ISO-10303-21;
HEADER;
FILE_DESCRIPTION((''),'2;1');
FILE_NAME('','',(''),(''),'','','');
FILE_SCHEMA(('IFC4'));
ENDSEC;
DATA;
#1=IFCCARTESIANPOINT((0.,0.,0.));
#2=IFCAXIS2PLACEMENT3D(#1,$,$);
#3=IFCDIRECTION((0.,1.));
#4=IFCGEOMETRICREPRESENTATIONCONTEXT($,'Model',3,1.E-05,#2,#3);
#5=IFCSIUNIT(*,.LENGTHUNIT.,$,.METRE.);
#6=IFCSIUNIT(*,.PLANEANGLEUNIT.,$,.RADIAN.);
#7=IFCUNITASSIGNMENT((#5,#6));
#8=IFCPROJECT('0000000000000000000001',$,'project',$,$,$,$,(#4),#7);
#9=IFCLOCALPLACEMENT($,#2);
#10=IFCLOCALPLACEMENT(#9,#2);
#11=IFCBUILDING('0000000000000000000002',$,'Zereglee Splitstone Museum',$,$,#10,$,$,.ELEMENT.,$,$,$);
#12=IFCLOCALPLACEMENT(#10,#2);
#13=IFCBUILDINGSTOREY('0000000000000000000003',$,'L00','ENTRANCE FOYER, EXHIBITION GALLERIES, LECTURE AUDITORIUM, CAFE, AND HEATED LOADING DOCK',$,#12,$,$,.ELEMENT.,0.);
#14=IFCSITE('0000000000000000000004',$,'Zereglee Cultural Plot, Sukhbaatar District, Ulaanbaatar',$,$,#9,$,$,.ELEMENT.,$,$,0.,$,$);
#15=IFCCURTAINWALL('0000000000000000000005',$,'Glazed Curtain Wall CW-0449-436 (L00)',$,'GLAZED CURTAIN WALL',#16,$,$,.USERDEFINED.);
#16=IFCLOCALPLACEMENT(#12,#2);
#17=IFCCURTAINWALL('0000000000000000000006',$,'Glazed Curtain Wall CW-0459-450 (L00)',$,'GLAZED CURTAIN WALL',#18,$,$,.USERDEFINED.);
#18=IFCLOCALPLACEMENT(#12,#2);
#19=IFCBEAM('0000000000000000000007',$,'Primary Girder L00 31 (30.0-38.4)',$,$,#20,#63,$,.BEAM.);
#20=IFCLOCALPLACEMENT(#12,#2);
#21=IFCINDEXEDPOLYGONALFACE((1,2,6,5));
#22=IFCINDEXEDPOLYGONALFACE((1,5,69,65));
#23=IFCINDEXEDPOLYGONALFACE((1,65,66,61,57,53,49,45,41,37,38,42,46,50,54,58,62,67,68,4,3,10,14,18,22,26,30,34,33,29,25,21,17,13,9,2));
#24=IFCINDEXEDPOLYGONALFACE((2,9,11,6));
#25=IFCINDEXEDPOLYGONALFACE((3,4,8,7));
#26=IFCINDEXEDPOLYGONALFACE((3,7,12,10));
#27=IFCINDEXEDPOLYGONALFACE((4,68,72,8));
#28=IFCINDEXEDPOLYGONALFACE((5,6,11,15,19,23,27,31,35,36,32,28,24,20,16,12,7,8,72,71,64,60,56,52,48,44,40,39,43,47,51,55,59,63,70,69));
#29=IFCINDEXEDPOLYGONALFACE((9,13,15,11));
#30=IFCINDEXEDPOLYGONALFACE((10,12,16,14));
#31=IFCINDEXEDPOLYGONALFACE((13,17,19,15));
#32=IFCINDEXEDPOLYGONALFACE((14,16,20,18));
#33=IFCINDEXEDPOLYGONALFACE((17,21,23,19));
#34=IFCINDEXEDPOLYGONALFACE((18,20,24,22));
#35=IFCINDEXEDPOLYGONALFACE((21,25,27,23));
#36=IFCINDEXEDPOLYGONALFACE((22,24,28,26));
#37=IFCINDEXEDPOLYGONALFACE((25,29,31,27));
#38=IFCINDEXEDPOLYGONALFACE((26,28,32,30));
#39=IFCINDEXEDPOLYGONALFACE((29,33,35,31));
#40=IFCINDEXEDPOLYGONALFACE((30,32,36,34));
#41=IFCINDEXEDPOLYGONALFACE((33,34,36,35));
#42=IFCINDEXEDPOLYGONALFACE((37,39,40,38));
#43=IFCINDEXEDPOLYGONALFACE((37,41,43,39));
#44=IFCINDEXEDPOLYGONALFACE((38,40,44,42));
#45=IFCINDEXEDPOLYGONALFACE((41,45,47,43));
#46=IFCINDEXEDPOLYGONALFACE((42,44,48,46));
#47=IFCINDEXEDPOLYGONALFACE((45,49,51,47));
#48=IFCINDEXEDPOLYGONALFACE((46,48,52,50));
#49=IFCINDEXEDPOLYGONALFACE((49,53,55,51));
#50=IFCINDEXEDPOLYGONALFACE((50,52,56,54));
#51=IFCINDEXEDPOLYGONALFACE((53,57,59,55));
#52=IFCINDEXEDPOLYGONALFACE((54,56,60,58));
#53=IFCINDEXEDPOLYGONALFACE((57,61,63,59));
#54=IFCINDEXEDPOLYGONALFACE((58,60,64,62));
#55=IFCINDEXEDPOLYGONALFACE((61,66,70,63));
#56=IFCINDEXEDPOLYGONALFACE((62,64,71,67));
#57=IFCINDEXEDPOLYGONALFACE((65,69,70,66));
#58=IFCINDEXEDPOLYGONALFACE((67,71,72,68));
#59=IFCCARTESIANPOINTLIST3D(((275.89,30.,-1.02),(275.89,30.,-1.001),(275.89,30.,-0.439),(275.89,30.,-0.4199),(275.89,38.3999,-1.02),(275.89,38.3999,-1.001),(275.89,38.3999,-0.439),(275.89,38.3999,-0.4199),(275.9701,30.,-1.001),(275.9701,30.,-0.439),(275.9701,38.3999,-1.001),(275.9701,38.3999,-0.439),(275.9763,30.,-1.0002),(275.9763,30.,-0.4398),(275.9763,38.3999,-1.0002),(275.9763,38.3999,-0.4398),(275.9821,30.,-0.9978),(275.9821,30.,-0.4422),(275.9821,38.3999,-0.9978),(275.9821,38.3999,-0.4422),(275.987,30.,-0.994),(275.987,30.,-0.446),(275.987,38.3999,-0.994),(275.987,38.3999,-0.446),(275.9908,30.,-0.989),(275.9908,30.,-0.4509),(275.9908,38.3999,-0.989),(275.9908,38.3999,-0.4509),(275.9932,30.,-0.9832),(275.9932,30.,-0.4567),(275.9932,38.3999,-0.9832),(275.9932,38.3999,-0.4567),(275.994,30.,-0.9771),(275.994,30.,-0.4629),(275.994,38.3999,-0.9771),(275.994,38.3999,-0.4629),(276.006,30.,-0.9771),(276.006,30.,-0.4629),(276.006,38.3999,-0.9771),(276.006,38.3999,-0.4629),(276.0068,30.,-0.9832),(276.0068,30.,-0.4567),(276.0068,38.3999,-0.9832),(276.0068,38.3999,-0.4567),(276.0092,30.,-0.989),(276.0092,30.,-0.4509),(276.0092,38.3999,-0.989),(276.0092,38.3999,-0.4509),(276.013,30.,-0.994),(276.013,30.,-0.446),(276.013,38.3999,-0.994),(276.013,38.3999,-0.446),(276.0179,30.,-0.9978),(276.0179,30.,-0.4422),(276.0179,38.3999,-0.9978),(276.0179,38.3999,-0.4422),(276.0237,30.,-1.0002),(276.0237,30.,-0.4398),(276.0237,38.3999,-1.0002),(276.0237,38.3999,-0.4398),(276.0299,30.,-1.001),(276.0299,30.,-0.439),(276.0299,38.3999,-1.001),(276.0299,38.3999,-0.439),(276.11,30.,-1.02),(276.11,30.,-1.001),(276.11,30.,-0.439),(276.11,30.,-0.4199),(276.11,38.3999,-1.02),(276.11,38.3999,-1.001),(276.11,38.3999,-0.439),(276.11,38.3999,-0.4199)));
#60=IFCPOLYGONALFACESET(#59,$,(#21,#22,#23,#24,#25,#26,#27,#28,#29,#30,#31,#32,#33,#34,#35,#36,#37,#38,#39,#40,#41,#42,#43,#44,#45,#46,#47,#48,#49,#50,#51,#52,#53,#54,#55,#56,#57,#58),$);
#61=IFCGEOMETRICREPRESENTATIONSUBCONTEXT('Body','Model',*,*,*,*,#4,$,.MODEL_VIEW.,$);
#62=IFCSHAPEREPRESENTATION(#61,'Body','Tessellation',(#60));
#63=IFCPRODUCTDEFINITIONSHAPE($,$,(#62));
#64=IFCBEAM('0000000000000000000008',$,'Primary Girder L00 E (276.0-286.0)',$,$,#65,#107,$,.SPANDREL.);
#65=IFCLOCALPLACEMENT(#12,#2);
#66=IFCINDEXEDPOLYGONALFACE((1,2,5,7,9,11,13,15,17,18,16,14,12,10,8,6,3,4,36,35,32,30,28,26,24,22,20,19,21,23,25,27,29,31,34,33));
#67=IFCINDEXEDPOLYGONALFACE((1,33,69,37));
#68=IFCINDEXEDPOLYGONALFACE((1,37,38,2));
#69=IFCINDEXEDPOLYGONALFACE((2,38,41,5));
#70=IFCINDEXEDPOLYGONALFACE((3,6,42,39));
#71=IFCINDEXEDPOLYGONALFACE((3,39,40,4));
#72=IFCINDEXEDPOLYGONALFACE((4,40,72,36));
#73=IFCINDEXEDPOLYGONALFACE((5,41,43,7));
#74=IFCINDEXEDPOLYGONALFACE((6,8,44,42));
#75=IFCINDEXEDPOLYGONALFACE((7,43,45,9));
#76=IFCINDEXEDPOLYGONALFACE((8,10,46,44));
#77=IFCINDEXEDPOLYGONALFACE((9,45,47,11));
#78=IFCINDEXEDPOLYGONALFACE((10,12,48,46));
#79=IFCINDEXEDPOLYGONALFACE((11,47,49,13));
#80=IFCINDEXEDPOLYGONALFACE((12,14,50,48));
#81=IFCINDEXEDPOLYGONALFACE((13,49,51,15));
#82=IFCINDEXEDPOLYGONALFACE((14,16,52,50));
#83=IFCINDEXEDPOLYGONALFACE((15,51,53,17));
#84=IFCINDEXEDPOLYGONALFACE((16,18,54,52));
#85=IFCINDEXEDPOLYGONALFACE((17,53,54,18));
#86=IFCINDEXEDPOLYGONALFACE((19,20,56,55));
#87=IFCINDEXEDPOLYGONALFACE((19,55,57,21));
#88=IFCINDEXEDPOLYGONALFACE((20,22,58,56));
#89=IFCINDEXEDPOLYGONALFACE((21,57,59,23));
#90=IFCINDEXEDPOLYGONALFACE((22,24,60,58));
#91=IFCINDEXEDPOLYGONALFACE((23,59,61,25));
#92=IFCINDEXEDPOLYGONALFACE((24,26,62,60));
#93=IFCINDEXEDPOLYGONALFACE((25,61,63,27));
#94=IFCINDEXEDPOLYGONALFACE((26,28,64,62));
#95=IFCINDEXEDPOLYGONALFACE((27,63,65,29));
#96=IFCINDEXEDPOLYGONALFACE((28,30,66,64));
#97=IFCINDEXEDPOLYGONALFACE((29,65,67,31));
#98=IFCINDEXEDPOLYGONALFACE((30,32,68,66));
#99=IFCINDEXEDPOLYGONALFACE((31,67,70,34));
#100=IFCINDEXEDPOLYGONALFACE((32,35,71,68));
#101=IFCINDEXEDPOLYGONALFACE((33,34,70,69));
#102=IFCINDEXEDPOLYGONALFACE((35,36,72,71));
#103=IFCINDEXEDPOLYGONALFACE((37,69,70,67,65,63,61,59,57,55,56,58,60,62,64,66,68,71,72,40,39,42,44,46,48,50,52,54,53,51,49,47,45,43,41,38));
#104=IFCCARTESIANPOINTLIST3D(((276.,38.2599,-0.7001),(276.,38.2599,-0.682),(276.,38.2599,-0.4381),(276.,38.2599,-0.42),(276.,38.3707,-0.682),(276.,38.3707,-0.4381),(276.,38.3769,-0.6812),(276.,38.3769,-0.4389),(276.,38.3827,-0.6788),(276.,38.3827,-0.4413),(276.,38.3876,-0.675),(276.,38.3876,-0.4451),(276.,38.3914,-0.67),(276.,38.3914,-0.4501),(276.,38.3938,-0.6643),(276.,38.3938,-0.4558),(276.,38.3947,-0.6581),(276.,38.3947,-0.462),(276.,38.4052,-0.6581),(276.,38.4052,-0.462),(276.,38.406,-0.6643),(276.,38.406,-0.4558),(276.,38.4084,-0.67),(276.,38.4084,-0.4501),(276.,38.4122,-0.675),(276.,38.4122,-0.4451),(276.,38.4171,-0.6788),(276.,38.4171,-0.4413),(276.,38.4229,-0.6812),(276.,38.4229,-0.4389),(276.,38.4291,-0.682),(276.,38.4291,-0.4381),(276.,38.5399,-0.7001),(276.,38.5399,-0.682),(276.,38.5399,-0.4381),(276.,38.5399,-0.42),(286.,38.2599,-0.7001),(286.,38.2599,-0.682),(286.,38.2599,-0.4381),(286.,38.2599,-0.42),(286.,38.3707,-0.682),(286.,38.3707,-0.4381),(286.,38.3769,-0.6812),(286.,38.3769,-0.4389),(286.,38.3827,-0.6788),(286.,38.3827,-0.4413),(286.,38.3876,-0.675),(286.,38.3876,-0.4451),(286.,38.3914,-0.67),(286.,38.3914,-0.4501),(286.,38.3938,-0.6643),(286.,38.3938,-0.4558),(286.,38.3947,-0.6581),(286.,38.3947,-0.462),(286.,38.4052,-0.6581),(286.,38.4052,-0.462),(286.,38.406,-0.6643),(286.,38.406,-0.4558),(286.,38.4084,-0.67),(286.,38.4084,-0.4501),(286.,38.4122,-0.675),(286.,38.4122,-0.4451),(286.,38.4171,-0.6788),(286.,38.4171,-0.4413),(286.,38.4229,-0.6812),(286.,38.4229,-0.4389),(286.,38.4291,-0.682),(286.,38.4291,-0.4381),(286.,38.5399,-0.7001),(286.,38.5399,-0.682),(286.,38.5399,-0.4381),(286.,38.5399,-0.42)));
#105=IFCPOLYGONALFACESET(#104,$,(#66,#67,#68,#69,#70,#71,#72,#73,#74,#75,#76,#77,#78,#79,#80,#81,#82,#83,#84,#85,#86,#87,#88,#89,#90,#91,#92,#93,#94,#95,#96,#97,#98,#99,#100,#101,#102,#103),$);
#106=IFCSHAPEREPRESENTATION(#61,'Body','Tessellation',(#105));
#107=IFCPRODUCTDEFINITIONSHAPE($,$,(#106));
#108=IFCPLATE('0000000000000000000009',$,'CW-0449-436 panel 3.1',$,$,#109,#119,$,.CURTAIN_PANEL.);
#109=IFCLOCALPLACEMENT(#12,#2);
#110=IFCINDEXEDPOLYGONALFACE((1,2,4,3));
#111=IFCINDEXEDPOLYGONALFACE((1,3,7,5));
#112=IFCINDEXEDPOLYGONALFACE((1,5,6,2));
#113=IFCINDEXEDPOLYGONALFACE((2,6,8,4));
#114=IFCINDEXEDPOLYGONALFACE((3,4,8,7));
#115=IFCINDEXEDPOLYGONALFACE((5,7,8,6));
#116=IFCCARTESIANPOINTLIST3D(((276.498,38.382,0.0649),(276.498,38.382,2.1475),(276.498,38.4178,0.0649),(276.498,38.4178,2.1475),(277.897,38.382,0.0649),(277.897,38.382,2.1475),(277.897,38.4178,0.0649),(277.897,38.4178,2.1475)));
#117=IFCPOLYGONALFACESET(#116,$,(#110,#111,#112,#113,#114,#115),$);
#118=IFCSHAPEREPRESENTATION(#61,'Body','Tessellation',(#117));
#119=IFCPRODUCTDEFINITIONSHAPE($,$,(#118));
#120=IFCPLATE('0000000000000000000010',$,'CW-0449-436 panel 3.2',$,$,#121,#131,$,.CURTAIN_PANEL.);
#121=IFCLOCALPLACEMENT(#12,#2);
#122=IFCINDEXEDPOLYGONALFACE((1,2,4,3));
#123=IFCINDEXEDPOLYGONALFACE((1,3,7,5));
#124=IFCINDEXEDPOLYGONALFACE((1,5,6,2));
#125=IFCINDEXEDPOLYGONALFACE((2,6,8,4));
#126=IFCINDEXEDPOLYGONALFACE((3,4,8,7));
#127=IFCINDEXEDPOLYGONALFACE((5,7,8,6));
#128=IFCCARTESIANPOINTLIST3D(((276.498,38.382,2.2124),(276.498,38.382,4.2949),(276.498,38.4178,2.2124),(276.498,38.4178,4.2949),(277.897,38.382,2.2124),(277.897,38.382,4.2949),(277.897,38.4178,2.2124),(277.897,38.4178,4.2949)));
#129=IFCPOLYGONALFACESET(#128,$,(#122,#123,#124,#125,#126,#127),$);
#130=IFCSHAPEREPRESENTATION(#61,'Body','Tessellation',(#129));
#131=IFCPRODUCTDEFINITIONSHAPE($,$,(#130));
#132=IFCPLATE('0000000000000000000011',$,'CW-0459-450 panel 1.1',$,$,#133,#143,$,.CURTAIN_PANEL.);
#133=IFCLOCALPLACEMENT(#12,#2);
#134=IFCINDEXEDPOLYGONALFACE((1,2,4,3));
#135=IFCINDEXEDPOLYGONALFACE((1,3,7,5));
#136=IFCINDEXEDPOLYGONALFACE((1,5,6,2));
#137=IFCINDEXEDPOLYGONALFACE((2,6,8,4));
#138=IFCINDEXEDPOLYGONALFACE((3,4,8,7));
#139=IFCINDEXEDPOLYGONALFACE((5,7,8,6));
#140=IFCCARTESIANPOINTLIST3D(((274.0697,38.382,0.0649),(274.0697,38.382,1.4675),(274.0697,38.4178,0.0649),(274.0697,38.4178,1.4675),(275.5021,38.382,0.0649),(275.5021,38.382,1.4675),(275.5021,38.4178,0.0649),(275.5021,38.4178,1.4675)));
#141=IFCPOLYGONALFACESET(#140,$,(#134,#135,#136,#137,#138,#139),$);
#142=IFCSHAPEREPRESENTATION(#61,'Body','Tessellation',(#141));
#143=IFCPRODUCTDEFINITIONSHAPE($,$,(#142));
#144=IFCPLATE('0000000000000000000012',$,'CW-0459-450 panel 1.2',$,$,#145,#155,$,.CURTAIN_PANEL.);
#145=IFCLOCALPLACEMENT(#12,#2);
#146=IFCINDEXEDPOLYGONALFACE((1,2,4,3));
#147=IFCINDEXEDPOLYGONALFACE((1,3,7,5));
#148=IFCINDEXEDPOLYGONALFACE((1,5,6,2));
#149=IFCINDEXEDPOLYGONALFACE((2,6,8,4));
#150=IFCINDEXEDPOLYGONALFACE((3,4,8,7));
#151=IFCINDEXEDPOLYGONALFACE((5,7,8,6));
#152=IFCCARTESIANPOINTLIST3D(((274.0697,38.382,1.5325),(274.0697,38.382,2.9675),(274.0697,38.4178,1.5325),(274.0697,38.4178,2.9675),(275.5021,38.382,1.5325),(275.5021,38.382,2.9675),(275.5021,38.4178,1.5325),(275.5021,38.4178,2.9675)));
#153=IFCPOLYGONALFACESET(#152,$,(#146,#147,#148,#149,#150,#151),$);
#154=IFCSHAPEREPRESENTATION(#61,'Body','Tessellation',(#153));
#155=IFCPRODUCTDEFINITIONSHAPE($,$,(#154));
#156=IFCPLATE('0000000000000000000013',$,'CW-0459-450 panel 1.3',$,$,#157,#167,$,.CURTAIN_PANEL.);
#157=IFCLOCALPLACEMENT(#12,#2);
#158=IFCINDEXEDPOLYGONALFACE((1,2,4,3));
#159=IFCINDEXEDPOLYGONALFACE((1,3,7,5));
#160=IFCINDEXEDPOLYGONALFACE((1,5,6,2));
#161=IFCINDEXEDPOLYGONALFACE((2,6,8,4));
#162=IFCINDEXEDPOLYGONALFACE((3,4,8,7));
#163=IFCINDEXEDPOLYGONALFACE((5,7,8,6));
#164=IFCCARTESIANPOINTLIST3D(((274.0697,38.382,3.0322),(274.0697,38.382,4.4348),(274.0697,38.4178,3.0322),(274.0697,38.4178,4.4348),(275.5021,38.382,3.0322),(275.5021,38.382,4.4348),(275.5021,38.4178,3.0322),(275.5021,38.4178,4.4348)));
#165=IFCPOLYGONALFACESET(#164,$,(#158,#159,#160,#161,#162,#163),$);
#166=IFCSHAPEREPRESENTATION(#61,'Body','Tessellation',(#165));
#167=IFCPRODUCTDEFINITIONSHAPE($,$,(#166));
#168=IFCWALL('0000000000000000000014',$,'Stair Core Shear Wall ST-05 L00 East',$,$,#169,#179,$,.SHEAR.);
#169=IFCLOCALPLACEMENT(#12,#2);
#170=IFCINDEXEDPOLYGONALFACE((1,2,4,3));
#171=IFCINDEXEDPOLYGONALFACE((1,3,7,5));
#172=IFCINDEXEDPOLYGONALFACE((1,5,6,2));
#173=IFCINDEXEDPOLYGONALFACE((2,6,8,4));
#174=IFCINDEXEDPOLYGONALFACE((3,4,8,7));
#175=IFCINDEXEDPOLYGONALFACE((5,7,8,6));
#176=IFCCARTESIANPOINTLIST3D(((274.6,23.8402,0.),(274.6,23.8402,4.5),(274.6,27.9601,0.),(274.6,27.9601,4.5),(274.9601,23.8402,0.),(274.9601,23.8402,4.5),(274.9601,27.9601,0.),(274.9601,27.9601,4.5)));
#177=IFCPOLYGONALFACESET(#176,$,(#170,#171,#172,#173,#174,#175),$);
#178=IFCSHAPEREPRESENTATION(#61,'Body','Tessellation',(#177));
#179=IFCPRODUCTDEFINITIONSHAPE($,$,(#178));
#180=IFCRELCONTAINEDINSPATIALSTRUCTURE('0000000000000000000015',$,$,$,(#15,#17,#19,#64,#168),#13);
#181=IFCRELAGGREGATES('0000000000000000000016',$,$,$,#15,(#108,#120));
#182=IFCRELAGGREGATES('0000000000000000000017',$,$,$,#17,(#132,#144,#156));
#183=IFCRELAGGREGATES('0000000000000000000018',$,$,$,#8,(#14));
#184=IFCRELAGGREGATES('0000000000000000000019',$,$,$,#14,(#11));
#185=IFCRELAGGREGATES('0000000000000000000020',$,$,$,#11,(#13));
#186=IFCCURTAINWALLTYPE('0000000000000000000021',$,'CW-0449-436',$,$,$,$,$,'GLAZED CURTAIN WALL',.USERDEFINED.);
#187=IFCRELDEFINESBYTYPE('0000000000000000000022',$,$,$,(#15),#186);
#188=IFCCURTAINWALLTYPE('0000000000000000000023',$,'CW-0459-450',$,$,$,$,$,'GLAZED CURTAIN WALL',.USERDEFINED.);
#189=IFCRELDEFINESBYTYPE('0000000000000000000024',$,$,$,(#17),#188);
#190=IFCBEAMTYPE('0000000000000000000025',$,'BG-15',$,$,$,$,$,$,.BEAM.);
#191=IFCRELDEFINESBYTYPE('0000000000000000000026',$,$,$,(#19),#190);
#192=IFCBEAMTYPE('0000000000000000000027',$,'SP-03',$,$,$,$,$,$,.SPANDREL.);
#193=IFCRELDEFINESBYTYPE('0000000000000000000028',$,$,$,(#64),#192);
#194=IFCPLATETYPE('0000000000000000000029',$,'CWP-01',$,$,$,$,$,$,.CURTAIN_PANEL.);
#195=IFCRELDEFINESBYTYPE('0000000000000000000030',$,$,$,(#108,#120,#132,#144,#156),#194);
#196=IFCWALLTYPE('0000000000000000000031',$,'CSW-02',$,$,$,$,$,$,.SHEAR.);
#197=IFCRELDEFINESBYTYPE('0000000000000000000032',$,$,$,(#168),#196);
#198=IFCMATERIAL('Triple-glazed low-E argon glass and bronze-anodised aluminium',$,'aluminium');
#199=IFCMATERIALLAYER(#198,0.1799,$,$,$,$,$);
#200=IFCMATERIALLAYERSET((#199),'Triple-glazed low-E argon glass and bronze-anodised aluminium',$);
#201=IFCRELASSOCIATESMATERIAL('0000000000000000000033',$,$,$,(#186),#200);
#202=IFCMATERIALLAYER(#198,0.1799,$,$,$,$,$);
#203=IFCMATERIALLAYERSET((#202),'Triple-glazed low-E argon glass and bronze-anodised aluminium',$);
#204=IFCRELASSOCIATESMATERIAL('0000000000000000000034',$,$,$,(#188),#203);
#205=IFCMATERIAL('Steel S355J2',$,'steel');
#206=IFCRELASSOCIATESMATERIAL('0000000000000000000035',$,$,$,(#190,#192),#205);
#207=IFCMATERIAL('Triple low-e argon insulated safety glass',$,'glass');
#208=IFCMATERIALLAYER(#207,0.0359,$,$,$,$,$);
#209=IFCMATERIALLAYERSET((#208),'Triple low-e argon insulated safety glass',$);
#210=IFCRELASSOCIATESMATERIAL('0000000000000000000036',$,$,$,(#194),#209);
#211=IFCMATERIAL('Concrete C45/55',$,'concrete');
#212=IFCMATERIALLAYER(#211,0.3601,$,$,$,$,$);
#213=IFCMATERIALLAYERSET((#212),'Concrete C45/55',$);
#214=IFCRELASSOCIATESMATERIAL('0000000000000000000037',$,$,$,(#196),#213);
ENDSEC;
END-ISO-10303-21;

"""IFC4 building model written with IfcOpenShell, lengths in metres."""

from ifc_helpers import new_model, si_unit, direction, frame, frame_2d, origin, origin_2d, place, context, subcontext, project, spatial, rectangle, i_section, extrude, material, layer, layer_set, material_profile, profile_set, type_object, element, aggregate, save


model = new_model("IFC4")

# Units and contexts
model_context = context("Model", 3, precision=1e-05, world=origin(), true_north=direction((0.0, 1.0)))
body_context = subcontext(model_context, "Body", "Model", "MODEL_VIEW")
ifc_project = project(units=[si_unit("LENGTHUNIT", "METRE"), si_unit("PLANEANGLEUNIT", "RADIAN")], contexts=[model_context])

# Site, building, storey
site_placement = place(None, origin())
site = spatial("IfcSite", under=ifc_project, at=site_placement, Name="Zereglee Cultural Plot, Sukhbaatar District, Ulaanbaatar", CompositionType="ELEMENT", RefElevation=0.0)
building_placement = place(site_placement, origin())
building = spatial("IfcBuilding", under=site, at=building_placement, Name="Zereglee Splitstone Museum", CompositionType="ELEMENT")
storey_placement = place(building_placement, origin())
storey = spatial("IfcBuildingStorey", under=building, at=storey_placement, Name="L00", Description="ENTRANCE FOYER, EXHIBITION GALLERIES, LECTURE AUDITORIUM, CAFE, AND HEATED LOADING DOCK", CompositionType="ELEMENT", Elevation=0.0)

# Shared definitions
ifc_material_1 = material(Name="Concrete C45/55", Category="concrete")

# Curtain walls
ifc_material_2 = material(Name="Triple-glazed low-E argon glass and bronze-anodised aluminium", Category="aluminium")
ifc_layer_1 = layer(ifc_material_2, 0.1799)
ifc_layer_set_1 = layer_set([ifc_layer_1], Name="Triple-glazed low-E argon glass and bronze-anodised aluminium")
curtain_wall_type_1 = type_object("IfcCurtainWallType", Name="CW-0449-436", ElementType="GLAZED CURTAIN WALL", PredefinedType="USERDEFINED", material=ifc_layer_set_1)
curtain_wall_1_placement = place(storey_placement, origin())
curtain_wall_1 = element("IfcCurtainWall", 1, at=curtain_wall_1_placement, inside=storey, type_object=curtain_wall_type_1, Name="Glazed Curtain Wall CW-0449-436 (L00)", ObjectType="GLAZED CURTAIN WALL", PredefinedType="USERDEFINED")
ifc_layer_2 = layer(ifc_material_2, 0.1799)
ifc_layer_set_2 = layer_set([ifc_layer_2], Name="Triple-glazed low-E argon glass and bronze-anodised aluminium")
curtain_wall_type_2 = type_object("IfcCurtainWallType", Name="CW-0459-450", ElementType="GLAZED CURTAIN WALL", PredefinedType="USERDEFINED", material=ifc_layer_set_2)
curtain_wall_2_placement = place(storey_placement, origin())
curtain_wall_2 = element("IfcCurtainWall", 2, at=curtain_wall_2_placement, inside=storey, type_object=curtain_wall_type_2, Name="Glazed Curtain Wall CW-0459-450 (L00)", ObjectType="GLAZED CURTAIN WALL", PredefinedType="USERDEFINED")

# Beams
ifc_material_3 = material(Name="Steel S355J2", Category="steel")
ifc_material_profile_1 = material_profile(ifc_material_3, i_section(OverallWidth=0.22, OverallDepth=0.6001, WebThickness=0.012, FlangeThickness=0.019, FilletRadius=0.0239, at=origin_2d()), Name="IPE 600")
ifc_profile_set_1 = profile_set([ifc_material_profile_1], Name="Steel S355J2")
beam_type_1 = type_object("IfcBeamType", Name="BG-15", PredefinedType="BEAM", material=ifc_profile_set_1)
beam_1_placement = place(storey_placement, frame((276.0, 30.0, -0.72), z_axis=(0.0, 1.0, 0.0), x_axis=(-1.0, 0.0, 0.0)))
element("IfcBeam", 3, at=beam_1_placement, inside=storey, type_object=beam_type_1, Name="Primary Girder L00 31 (30.0-38.4)", PredefinedType="BEAM", context=body_context, shape_type="SweptSolid", body=[
    extrude(i_section(OverallWidth=0.22, OverallDepth=0.6001, WebThickness=0.012, FlangeThickness=0.019, FilletRadius=0.0239, at=origin_2d()), origin(), (0.0, 0.0, 1.0), 8.3999),
])
ifc_material_profile_2 = material_profile(ifc_material_3, i_section(OverallWidth=0.28, OverallDepth=0.28, WebThickness=0.0105, FlangeThickness=0.0181, FilletRadius=0.0239, at=origin_2d()), Name="HE 280 B")
ifc_profile_set_2 = profile_set([ifc_material_profile_2], Name="Steel S355J2")
beam_type_2 = type_object("IfcBeamType", Name="SP-03", PredefinedType="SPANDREL", material=ifc_profile_set_2)
beam_2_placement = place(storey_placement, frame((276.0, 38.3999, -0.5601), z_axis=(1.0, 0.0, 0.0), x_axis=(0.0, 1.0, 0.0)))
element("IfcBeam", 4, at=beam_2_placement, inside=storey, type_object=beam_type_2, Name="Primary Girder L00 E (276.0-286.0)", PredefinedType="SPANDREL", context=body_context, shape_type="SweptSolid", body=[
    extrude(i_section(OverallWidth=0.28, OverallDepth=0.28, WebThickness=0.0105, FlangeThickness=0.0181, FilletRadius=0.0239, at=origin_2d()), origin(), (0.0, 0.0, 1.0), 10.0),
])

# Plates
ifc_material_4 = material(Name="Triple low-e argon insulated safety glass", Category="glass")
ifc_layer_3 = layer(ifc_material_4, 0.0359)
ifc_layer_set_3 = layer_set([ifc_layer_3], Name="Triple low-e argon insulated safety glass")
plate_type = type_object("IfcPlateType", Name="CWP-01", PredefinedType="CURTAIN_PANEL", material=ifc_layer_set_3)
plate_1_placement = place(storey_placement, frame((277.1975, 38.3999, 0.0649), z_axis=(0.0, 0.0, 1.0), x_axis=(-1.0, 0.0, 0.0)))
plate_1 = element("IfcPlate", 5, at=plate_1_placement, type_object=plate_type, Name="CW-0449-436 panel 3.1", PredefinedType="CURTAIN_PANEL", context=body_context, shape_type="SweptSolid", body=[
    extrude(rectangle(XDim=1.3989, YDim=0.0359, at=origin_2d()), origin(), (0.0, 0.0, 1.0), 2.0825),
])
plate_2_placement = place(storey_placement, frame((277.1975, 38.3999, 2.2124), z_axis=(0.0, 0.0, 1.0), x_axis=(-1.0, 0.0, 0.0)))
plate_2 = element("IfcPlate", 6, at=plate_2_placement, type_object=plate_type, Name="CW-0449-436 panel 3.2", PredefinedType="CURTAIN_PANEL", context=body_context, shape_type="SweptSolid", body=[
    extrude(rectangle(XDim=1.3989, YDim=0.0359, at=origin_2d()), origin(), (0.0, 0.0, 1.0), 2.0825),
])
aggregate(curtain_wall_1, [plate_1, plate_2])
plate_3_placement = place(storey_placement, frame((274.7859, 38.3999, 0.0649), z_axis=(0.0, 0.0, 1.0), x_axis=(-1.0, 0.0, 0.0)))
plate_3 = element("IfcPlate", 7, at=plate_3_placement, type_object=plate_type, Name="CW-0459-450 panel 1.1", PredefinedType="CURTAIN_PANEL", context=body_context, shape_type="SweptSolid", body=[
    extrude(rectangle(XDim=1.4324, YDim=0.0359, at=origin_2d()), origin(), (0.0, 0.0, 1.0), 1.4026),
])
plate_4_placement = place(storey_placement, frame((274.7859, 38.3999, 1.5325), z_axis=(0.0, 0.0, 1.0), x_axis=(-1.0, 0.0, 0.0)))
plate_4 = element("IfcPlate", 8, at=plate_4_placement, type_object=plate_type, Name="CW-0459-450 panel 1.2", PredefinedType="CURTAIN_PANEL", context=body_context, shape_type="SweptSolid", body=[
    extrude(rectangle(XDim=1.4324, YDim=0.0359, at=origin_2d()), origin(), (0.0, 0.0, 1.0), 1.4351),
])
plate_5_placement = place(storey_placement, frame((274.7859, 38.3999, 3.0322), z_axis=(0.0, 0.0, 1.0), x_axis=(-1.0, 0.0, 0.0)))
plate_5 = element("IfcPlate", 9, at=plate_5_placement, type_object=plate_type, Name="CW-0459-450 panel 1.3", PredefinedType="CURTAIN_PANEL", context=body_context, shape_type="SweptSolid", body=[
    extrude(rectangle(XDim=1.4324, YDim=0.0359, at=origin_2d()), origin(), (0.0, 0.0, 1.0), 1.4026),
])
aggregate(curtain_wall_2, [plate_3, plate_4, plate_5])

# Wall
ifc_layer_4 = layer(ifc_material_1, 0.3601)
ifc_layer_set_4 = layer_set([ifc_layer_4], Name="Concrete C45/55")
wall_type = type_object("IfcWallType", Name="CSW-02", PredefinedType="SHEAR", material=ifc_layer_set_4)
wall_placement = place(storey_placement, frame((274.78, 23.8401, 0.0), z_axis=(0.0, 0.0, 1.0), x_axis=(0.0, 1.0, 0.0)))
element("IfcWall", 10, at=wall_placement, inside=storey, type_object=wall_type, Name="Stair Core Shear Wall ST-05 L00 East", PredefinedType="SHEAR", context=body_context, shape_type="SweptSolid", body=[
    extrude(rectangle(XDim=4.1199, YDim=0.3601, at=frame_2d((2.0601, 0.0))), origin(), (0.0, 0.0, 1.0), 4.5),
])

save(model, "model.ifc")
